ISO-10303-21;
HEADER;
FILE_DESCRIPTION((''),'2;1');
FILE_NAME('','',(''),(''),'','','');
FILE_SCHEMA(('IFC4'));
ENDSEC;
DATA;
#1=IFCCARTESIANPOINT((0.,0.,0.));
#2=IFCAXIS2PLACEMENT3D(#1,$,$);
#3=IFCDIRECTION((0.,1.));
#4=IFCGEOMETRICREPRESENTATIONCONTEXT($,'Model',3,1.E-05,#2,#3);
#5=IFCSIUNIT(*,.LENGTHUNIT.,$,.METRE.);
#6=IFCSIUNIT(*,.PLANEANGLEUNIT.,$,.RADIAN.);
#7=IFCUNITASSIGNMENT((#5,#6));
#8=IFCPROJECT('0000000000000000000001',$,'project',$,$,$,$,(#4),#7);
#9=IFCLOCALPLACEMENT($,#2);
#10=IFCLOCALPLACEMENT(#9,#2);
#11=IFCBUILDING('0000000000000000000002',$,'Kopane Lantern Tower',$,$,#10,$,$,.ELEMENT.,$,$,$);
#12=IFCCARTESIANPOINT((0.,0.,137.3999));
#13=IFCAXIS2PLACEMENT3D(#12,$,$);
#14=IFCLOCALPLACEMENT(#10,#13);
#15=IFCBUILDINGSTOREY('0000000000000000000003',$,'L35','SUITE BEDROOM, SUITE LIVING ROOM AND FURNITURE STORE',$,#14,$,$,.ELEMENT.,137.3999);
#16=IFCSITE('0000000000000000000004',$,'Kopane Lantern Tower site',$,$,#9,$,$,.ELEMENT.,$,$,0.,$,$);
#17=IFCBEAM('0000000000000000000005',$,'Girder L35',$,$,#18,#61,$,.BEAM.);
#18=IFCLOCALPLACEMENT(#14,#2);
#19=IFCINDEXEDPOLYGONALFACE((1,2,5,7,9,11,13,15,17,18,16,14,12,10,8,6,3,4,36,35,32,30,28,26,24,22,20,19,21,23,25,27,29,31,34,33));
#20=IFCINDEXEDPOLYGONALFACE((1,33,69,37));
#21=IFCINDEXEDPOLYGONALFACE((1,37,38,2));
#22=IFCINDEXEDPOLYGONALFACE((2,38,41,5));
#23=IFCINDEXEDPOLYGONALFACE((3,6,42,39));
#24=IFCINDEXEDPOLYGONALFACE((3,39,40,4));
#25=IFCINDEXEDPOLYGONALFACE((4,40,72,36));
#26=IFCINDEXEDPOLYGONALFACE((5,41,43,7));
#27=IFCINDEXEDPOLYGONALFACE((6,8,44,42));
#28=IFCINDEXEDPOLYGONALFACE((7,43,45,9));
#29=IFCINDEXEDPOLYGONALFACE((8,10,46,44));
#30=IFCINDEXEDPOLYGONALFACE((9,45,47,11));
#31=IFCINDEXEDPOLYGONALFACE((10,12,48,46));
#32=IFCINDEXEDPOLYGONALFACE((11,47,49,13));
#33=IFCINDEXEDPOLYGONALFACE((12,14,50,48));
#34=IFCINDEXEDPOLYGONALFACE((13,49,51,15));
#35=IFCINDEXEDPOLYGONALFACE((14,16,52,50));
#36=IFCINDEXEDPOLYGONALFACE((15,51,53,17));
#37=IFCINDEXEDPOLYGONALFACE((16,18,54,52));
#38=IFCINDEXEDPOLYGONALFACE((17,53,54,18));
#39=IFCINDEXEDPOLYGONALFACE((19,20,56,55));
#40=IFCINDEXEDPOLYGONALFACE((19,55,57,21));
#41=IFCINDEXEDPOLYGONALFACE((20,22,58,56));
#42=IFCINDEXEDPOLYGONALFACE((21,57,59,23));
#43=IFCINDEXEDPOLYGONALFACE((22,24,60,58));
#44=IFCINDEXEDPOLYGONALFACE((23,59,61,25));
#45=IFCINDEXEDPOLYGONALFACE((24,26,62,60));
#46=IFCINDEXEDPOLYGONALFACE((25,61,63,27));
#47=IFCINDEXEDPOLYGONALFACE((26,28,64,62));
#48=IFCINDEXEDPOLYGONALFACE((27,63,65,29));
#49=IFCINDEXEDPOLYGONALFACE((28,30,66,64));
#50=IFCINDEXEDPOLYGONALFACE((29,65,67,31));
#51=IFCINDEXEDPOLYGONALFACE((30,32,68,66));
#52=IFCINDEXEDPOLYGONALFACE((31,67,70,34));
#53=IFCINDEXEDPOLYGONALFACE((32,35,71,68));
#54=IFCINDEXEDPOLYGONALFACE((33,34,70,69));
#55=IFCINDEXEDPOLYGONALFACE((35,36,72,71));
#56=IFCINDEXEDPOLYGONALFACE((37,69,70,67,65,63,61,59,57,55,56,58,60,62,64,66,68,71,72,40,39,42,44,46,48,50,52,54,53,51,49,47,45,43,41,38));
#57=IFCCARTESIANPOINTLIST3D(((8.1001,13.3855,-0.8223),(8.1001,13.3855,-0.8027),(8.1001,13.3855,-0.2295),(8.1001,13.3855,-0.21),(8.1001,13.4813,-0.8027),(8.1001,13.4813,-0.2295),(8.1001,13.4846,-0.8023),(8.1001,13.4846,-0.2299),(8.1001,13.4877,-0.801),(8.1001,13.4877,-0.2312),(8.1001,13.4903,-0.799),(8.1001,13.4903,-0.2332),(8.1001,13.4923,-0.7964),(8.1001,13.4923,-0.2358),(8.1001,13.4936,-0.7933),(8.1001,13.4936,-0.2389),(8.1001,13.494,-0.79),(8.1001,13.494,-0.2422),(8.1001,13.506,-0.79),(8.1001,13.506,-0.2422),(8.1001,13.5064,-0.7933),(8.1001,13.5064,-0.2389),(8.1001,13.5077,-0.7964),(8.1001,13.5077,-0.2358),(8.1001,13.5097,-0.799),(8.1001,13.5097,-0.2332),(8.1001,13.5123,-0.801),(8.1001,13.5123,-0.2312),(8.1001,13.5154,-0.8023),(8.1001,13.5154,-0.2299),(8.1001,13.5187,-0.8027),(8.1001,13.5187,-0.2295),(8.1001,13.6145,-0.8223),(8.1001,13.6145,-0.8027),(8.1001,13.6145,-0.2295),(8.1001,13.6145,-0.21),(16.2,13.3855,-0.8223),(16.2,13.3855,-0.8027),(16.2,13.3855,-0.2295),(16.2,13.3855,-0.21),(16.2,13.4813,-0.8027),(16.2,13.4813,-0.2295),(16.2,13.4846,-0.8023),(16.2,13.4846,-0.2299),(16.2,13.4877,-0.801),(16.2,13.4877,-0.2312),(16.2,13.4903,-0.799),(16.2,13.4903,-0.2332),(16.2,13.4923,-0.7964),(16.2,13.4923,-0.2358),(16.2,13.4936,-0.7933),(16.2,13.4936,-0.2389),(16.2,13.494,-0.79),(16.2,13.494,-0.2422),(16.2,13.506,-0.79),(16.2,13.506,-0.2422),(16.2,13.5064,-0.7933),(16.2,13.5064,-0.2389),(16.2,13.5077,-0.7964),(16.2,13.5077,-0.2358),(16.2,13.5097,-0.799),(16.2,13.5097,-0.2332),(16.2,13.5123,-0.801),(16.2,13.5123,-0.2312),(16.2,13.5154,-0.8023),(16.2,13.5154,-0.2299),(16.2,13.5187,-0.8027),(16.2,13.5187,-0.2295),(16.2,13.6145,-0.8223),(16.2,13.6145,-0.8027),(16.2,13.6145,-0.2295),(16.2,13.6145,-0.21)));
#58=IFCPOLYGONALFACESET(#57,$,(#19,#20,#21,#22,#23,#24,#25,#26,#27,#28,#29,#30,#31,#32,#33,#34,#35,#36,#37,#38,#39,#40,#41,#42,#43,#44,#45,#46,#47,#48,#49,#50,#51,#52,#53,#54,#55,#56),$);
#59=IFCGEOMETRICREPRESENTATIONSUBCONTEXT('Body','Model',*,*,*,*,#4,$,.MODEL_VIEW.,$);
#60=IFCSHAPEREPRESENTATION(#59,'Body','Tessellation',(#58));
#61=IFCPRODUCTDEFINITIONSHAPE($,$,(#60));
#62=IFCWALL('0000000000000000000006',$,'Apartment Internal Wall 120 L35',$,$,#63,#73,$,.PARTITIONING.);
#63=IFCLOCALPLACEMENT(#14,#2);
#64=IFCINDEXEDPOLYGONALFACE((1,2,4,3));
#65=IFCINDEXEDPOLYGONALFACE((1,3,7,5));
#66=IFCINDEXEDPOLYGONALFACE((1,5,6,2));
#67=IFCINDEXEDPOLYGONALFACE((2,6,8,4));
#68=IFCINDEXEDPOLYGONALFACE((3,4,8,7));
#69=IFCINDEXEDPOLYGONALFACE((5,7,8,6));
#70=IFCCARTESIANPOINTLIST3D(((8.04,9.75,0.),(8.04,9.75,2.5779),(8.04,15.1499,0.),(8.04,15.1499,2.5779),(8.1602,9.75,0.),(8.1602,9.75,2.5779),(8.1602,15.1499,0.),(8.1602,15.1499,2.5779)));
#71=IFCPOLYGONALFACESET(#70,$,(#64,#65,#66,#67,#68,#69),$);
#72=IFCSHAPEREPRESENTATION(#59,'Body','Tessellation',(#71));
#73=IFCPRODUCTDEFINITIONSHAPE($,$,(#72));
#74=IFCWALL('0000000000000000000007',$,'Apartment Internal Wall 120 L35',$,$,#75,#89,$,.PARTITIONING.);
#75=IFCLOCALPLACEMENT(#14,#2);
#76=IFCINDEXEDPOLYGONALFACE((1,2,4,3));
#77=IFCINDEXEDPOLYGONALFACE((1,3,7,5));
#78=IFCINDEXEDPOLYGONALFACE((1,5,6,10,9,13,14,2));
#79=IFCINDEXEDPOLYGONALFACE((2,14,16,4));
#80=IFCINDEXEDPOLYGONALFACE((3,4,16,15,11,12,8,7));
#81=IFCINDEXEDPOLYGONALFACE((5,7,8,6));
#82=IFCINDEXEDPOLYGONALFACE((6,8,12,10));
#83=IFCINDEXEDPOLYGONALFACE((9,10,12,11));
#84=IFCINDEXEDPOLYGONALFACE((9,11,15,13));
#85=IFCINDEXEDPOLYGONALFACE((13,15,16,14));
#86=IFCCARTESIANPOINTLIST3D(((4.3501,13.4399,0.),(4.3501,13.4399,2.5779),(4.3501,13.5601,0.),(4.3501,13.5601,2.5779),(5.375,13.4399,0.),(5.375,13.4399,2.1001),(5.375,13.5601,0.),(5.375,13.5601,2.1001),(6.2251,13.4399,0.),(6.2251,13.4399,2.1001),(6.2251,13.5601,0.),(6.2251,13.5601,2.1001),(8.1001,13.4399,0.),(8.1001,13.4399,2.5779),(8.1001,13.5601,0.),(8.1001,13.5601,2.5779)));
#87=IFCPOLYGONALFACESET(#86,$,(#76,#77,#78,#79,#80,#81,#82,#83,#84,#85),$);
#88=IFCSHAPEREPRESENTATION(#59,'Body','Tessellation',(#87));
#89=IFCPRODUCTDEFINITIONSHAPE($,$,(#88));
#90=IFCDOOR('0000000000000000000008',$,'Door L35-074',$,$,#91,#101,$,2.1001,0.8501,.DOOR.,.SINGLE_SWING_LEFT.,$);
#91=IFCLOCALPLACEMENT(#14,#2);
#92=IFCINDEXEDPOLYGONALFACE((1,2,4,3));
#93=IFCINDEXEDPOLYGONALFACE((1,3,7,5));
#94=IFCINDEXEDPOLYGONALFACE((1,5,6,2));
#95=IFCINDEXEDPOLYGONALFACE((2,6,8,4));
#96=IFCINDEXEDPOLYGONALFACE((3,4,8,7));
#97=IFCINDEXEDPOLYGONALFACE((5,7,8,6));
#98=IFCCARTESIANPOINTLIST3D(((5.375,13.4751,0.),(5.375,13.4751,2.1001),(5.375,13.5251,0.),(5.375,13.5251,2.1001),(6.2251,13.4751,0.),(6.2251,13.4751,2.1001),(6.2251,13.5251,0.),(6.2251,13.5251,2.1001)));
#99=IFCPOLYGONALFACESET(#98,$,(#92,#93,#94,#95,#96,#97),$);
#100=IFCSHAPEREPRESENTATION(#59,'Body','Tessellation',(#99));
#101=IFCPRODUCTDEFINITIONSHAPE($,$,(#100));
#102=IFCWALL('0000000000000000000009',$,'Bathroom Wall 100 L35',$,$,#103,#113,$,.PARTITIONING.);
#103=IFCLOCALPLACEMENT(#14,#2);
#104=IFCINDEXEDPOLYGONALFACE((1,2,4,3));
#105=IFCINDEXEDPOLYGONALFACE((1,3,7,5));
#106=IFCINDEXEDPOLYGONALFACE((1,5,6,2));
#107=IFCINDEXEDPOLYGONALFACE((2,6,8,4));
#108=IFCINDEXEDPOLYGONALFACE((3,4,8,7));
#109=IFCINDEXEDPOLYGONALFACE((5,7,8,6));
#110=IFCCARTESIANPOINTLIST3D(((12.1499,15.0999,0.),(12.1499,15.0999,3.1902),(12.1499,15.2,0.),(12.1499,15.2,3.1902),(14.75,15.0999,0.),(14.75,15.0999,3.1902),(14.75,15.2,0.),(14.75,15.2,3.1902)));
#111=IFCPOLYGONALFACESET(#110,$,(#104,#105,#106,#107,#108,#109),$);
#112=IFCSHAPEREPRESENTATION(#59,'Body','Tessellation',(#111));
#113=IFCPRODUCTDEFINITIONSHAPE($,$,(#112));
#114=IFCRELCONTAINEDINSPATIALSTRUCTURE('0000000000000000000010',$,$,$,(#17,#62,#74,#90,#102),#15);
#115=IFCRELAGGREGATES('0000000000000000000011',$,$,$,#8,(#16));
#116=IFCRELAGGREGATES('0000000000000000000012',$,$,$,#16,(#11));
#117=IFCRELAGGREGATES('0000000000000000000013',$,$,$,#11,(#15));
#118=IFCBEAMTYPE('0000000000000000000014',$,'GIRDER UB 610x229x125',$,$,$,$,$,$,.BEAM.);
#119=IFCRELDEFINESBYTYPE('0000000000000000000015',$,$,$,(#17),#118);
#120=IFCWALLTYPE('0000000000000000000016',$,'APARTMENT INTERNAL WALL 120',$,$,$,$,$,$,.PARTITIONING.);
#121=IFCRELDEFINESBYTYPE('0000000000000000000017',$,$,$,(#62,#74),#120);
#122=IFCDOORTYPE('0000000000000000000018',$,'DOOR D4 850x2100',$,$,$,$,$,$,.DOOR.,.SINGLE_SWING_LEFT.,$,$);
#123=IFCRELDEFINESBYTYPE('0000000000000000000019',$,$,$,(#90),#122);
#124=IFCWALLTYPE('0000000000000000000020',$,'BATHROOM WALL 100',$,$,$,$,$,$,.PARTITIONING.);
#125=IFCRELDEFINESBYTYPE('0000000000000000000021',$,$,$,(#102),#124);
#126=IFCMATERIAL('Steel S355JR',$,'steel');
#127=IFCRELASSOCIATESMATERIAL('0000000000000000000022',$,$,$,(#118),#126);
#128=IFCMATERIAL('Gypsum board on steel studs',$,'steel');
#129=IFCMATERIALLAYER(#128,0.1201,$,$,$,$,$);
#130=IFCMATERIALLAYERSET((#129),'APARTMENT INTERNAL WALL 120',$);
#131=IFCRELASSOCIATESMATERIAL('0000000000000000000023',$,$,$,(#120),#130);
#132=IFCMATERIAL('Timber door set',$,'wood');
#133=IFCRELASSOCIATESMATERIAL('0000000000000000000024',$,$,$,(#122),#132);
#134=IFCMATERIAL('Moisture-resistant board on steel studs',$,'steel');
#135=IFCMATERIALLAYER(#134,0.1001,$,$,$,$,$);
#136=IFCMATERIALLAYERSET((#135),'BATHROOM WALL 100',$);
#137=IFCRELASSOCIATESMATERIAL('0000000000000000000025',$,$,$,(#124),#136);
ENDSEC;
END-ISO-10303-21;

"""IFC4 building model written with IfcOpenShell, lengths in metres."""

from ifc_helpers import new_model, si_unit, direction, frame, frame_2d, origin, origin_2d, place, context, subcontext, project, spatial, rectangle, i_section, extrude, material, layer, layer_set, material_profile, profile_set, type_object, element, fill, save


model = new_model("IFC4")

# Units and contexts
model_context = context("Model", 3, precision=1e-05, world=origin(), true_north=direction((0.0, 1.0)))
body_context = subcontext(model_context, "Body", "Model", "MODEL_VIEW")
ifc_project = project(units=[si_unit("LENGTHUNIT", "METRE"), si_unit("PLANEANGLEUNIT", "RADIAN")], contexts=[model_context])

# Site, building, storey
site_placement = place(None, origin())
site = spatial("IfcSite", under=ifc_project, at=site_placement, Name="Kopane Lantern Tower site", CompositionType="ELEMENT", RefElevation=0.0)
building_placement = place(site_placement, origin())
building = spatial("IfcBuilding", under=site, at=building_placement, Name="Kopane Lantern Tower", CompositionType="ELEMENT")
storey_placement = place(building_placement, frame((0.0, 0.0, 137.3999)))
storey = spatial("IfcBuildingStorey", under=building, at=storey_placement, Name="L35", Description="SUITE BEDROOM, SUITE LIVING ROOM AND FURNITURE STORE", CompositionType="ELEMENT", Elevation=137.3999)

# Beam
ifc_material_1 = material(Name="Steel S355JR", Category="steel")
ifc_material_profile = material_profile(ifc_material_1, i_section(OverallWidth=0.229, OverallDepth=0.6123, WebThickness=0.012, FlangeThickness=0.0195, FilletRadius=0.0127, at=origin_2d()), Name="UB 610x229x125")
ifc_profile_set = profile_set([ifc_material_profile], Name="Steel S355JR")
beam_type = type_object("IfcBeamType", Name="GIRDER UB 610x229x125", PredefinedType="BEAM", material=ifc_profile_set)
beam_placement = place(storey_placement, frame((8.1001, 13.5, -0.5161), z_axis=(1.0, 0.0, 0.0), x_axis=(0.0, 1.0, 0.0)))
element("IfcBeam", 1, at=beam_placement, inside=storey, type_object=beam_type, Name="Girder L35", PredefinedType="BEAM", context=body_context, shape_type="SweptSolid", body=[
    extrude(i_section(OverallWidth=0.229, OverallDepth=0.6123, WebThickness=0.012, FlangeThickness=0.0195, FilletRadius=0.0127, at=origin_2d()), origin(), (0.0, 0.0, 1.0), 8.0999),
])

# Wall
ifc_material_2 = material(Name="Gypsum board on steel studs", Category="steel")
ifc_layer_1 = layer(ifc_material_2, 0.1201)
ifc_layer_set_1 = layer_set([ifc_layer_1], Name="APARTMENT INTERNAL WALL 120")
wall_type_1 = type_object("IfcWallType", Name="APARTMENT INTERNAL WALL 120", PredefinedType="PARTITIONING", material=ifc_layer_set_1)
wall_1_placement = place(storey_placement, frame((8.1001, 15.1499, 0.0), z_axis=(0.0, 0.0, 1.0), x_axis=(0.0, -1.0, 0.0)))
element("IfcWall", 2, at=wall_1_placement, inside=storey, type_object=wall_type_1, Name="Apartment Internal Wall 120 L35", PredefinedType="PARTITIONING", context=body_context, shape_type="SweptSolid", body=[
    extrude(rectangle(XDim=5.3999, YDim=0.1201, at=frame_2d((2.7, 0.0))), origin(), (0.0, 0.0, 1.0), 2.5779),
])

# Wall, opening, door
wall_2_placement = place(storey_placement, frame((8.1001, 13.5, 0.0), z_axis=(0.0, 0.0, 1.0), x_axis=(-1.0, 0.0, 0.0)))
wall_2 = element("IfcWall", 3, at=wall_2_placement, inside=storey, type_object=wall_type_1, Name="Apartment Internal Wall 120 L35", PredefinedType="PARTITIONING", context=body_context, shape_type="SweptSolid", body=[
    extrude(rectangle(XDim=3.75, YDim=0.1201, at=frame_2d((1.875, 0.0))), origin(), (0.0, 0.0, 1.0), 2.5779),
])
opening_1_placement = place(wall_2_placement, frame((1.875, 0.0, 0.0)))
opening_1 = element("IfcOpeningElement", 4, at=opening_1_placement, cuts=wall_2, PredefinedType="OPENING", context=body_context, shape_type="SweptSolid", body=[
    extrude(rectangle(XDim=0.8501, YDim=2.1001, at=frame_2d((0.425, 1.05))), frame((0.0, 0.0701, 0.0), z_axis=(0.0, -1.0, 0.0), x_axis=(1.0, 0.0, 0.0)), (0.0, 0.0, 1.0), 0.1401),
])
ifc_material_3 = material(Name="Timber door set", Category="wood")
door_type_1 = type_object("IfcDoorType", Name="DOOR D4 850x2100", OperationType="SINGLE_SWING_LEFT", PredefinedType="DOOR", material=ifc_material_3)
door_1_placement = place(opening_1_placement, origin())
door_1 = element("IfcDoor", 5, at=door_1_placement, inside=storey, type_object=door_type_1, Name="Door L35-074", OperationType="SINGLE_SWING_LEFT", OverallHeight=2.1001, OverallWidth=0.8501, PredefinedType="DOOR", context=body_context, shape_type="SweptSolid", body=[
    extrude(rectangle(XDim=0.8501, YDim=2.1001, at=frame_2d((0.425, 1.05))), frame((0.0, 0.0249, 0.0), z_axis=(0.0, -1.0, 0.0), x_axis=(1.0, 0.0, 0.0)), (0.0, 0.0, 1.0), 0.05),
])
fill(opening_1, door_1)

# Wall
ifc_material_4 = material(Name="Moisture-resistant board on steel studs", Category="steel")
ifc_layer_2 = layer(ifc_material_4, 0.1001)
ifc_layer_set_2 = layer_set([ifc_layer_2], Name="BATHROOM WALL 100")
wall_type_2 = type_object("IfcWallType", Name="BATHROOM WALL 100", PredefinedType="PARTITIONING", material=ifc_layer_set_2)
wall_3_placement = place(storey_placement, frame((12.1499, 15.1499, 0.0), z_axis=(0.0, 0.0, 1.0), x_axis=(1.0, 0.0, 0.0)))
element("IfcWall", 6, at=wall_3_placement, inside=storey, type_object=wall_type_2, Name="Bathroom Wall 100 L35", PredefinedType="PARTITIONING", context=body_context, shape_type="SweptSolid", body=[
    extrude(rectangle(XDim=2.6001, YDim=0.1001, at=frame_2d((1.3, 0.0))), origin(), (0.0, 0.0, 1.0), 3.1902),
])

save(model, "model.ifc")
